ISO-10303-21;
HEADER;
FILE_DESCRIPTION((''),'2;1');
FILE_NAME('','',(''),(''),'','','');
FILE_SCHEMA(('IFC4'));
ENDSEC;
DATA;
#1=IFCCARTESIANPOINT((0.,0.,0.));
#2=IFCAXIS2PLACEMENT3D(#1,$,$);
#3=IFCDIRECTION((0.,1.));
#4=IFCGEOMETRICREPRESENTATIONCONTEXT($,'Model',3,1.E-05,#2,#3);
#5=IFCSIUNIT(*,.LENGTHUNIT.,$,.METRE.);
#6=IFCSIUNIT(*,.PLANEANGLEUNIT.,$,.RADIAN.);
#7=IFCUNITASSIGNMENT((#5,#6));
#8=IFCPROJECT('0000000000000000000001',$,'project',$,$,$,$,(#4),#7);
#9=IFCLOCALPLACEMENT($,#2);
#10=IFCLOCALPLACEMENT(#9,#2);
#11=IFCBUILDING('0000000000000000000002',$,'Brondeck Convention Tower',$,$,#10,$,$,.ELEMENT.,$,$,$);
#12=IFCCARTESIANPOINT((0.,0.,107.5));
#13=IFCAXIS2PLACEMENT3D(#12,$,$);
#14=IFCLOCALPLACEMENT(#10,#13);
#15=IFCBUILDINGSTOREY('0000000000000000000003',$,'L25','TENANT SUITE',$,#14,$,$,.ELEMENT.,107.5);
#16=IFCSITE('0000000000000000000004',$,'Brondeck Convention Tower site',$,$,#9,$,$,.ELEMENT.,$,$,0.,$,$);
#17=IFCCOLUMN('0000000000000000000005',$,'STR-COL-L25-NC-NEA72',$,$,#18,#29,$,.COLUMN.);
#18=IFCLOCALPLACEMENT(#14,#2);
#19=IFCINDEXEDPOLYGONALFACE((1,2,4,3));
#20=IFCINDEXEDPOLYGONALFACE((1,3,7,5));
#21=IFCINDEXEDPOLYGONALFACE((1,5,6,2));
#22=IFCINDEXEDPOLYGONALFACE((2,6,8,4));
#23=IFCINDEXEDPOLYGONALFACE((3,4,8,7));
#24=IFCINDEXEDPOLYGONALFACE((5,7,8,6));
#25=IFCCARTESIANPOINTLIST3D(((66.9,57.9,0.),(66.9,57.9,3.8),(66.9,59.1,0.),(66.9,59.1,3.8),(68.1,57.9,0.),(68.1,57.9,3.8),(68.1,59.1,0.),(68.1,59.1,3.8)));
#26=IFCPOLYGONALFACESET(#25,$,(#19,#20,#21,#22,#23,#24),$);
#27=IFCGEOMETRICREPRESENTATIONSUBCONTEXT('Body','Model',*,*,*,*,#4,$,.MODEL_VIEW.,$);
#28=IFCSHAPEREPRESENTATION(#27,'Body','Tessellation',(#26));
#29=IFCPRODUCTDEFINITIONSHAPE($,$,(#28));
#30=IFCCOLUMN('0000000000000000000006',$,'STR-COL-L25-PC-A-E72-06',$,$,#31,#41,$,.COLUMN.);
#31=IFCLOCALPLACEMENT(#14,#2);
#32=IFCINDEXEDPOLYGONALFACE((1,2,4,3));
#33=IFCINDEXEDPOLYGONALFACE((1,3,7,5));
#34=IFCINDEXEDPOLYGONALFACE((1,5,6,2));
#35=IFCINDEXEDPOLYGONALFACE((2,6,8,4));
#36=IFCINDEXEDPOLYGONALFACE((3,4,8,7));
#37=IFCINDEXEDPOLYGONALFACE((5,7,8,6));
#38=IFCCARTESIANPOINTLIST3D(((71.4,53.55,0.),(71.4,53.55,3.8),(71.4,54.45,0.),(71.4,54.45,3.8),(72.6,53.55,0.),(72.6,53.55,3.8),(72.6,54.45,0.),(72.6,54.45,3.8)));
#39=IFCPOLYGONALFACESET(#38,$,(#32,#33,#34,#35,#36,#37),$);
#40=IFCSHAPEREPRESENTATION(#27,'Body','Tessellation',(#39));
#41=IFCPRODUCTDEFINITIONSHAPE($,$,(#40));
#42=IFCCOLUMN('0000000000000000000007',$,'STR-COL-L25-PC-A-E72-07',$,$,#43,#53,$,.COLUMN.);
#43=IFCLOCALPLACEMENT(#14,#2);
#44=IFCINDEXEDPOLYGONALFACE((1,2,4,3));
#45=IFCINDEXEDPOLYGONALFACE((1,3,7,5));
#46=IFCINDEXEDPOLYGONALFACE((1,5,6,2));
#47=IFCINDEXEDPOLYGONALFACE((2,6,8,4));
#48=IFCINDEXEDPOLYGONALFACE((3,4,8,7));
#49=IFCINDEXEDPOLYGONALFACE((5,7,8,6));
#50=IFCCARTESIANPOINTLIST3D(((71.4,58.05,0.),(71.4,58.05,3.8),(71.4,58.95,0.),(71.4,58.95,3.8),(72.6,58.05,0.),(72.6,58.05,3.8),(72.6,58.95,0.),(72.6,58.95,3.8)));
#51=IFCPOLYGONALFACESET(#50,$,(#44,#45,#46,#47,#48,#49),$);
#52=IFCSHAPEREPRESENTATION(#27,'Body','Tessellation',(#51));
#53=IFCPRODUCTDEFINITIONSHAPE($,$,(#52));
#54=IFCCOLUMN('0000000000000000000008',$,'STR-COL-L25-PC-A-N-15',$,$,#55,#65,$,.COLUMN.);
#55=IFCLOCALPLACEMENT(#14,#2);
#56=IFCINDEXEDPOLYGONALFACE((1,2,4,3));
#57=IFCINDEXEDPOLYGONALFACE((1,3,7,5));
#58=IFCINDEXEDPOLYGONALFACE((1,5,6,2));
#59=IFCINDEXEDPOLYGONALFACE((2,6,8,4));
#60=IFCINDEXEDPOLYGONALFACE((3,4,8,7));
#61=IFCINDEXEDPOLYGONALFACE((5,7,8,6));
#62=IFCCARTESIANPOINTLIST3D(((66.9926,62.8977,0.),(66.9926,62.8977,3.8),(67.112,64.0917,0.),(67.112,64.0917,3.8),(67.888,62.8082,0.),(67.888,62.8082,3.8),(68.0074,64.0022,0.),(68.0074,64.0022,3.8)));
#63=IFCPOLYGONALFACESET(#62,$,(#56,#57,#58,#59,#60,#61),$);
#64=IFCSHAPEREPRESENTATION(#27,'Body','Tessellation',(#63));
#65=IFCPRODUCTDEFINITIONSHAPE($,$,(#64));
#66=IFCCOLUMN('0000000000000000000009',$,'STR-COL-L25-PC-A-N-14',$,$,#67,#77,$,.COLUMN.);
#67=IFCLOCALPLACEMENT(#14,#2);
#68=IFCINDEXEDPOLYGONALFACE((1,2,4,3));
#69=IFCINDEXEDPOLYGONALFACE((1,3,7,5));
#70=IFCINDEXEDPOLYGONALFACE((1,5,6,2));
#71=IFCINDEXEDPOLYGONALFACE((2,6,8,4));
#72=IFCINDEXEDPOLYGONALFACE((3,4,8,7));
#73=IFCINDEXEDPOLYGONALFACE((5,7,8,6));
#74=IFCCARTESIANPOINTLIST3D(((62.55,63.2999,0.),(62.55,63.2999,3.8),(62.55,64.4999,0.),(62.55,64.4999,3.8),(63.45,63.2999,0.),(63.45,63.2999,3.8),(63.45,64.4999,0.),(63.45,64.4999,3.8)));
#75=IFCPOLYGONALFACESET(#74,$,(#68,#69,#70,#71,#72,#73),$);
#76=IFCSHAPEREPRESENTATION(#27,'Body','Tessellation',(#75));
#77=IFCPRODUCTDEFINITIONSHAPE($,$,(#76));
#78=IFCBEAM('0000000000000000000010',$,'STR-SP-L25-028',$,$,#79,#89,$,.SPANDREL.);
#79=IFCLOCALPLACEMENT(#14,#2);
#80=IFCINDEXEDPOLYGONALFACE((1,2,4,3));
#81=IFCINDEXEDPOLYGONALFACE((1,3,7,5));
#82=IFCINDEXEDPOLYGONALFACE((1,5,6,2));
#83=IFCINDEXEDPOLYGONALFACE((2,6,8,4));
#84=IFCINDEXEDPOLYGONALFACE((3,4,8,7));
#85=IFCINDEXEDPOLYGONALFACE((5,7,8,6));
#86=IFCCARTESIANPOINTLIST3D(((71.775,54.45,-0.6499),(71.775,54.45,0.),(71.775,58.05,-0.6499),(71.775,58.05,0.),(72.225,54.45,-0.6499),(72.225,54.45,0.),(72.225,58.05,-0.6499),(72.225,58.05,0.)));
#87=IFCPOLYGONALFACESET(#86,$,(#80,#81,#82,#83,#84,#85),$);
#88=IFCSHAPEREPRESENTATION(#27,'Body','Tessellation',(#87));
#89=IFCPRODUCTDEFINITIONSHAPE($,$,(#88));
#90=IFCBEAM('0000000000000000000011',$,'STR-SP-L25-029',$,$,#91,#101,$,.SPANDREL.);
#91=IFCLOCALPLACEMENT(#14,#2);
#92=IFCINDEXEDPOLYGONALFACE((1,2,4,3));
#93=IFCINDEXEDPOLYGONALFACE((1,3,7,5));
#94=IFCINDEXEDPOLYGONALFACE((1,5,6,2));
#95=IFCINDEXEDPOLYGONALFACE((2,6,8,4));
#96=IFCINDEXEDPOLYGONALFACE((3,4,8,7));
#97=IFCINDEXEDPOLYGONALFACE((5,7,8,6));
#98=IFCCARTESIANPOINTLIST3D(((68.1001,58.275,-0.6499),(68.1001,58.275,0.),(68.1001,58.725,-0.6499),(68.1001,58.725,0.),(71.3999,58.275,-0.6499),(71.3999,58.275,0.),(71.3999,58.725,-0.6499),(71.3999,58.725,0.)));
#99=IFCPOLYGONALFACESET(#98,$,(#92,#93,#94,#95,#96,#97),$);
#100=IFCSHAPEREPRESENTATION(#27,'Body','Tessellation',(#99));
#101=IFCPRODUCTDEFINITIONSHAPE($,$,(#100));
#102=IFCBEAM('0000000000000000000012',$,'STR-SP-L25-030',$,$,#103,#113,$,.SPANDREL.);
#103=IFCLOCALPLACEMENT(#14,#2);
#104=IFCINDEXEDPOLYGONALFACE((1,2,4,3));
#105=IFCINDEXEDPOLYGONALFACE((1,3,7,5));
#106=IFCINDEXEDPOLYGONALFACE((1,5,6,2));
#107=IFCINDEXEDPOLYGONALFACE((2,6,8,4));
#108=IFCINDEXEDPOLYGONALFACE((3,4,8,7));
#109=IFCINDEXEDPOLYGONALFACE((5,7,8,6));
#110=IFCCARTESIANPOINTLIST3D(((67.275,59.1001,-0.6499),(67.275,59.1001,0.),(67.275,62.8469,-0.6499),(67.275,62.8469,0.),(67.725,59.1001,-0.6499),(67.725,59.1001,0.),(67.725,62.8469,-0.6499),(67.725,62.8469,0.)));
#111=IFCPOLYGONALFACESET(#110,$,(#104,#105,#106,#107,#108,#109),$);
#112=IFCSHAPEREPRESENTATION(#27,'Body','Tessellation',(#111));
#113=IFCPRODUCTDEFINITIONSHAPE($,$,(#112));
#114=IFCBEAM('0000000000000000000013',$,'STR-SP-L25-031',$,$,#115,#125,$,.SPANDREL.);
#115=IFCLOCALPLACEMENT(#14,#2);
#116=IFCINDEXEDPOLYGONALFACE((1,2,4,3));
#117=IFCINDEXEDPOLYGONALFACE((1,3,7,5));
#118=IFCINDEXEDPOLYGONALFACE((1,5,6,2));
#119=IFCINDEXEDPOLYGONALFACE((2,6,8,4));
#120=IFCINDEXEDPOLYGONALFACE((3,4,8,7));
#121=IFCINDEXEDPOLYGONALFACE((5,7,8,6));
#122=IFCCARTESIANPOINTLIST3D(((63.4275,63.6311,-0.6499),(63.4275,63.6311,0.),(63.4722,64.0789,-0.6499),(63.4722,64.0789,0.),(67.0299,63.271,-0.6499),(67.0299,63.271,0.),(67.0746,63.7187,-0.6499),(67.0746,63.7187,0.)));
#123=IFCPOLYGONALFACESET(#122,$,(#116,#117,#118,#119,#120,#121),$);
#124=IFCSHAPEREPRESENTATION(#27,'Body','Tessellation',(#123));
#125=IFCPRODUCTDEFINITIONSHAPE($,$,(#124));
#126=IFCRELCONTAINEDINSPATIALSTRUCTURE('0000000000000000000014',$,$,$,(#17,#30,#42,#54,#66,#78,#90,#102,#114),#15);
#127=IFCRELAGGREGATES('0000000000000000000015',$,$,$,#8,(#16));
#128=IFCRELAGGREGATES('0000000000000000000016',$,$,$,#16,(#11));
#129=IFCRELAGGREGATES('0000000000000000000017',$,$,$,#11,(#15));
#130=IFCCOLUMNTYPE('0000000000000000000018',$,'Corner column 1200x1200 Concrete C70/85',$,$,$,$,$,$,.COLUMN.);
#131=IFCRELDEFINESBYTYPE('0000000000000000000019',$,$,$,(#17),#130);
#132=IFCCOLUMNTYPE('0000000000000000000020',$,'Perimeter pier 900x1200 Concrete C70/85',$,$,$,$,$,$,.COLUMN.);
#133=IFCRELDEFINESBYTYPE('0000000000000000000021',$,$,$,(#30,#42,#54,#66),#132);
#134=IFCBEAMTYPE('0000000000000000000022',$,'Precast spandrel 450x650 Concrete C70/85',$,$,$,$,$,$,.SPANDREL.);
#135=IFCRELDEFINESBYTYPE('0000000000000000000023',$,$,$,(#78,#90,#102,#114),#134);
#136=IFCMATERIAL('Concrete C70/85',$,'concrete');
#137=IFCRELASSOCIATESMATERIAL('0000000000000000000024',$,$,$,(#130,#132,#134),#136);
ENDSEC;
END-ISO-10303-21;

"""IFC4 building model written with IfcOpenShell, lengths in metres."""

from ifc_helpers import new_model, si_unit, direction, frame, origin, origin_2d, place, context, subcontext, project, spatial, rectangle, extrude, material, material_profile, profile_set, type_object, element, save


model = new_model("IFC4")

# Units and contexts
model_context = context("Model", 3, precision=1e-05, world=origin(), true_north=direction((0.0, 1.0)))
body_context = subcontext(model_context, "Body", "Model", "MODEL_VIEW")
ifc_project = project(units=[si_unit("LENGTHUNIT", "METRE"), si_unit("PLANEANGLEUNIT", "RADIAN")], contexts=[model_context])

# Site, building, storey
site_placement = place(None, origin())
site = spatial("IfcSite", under=ifc_project, at=site_placement, Name="Brondeck Convention Tower site", CompositionType="ELEMENT", RefElevation=0.0)
building_placement = place(site_placement, origin())
building = spatial("IfcBuilding", under=site, at=building_placement, Name="Brondeck Convention Tower", CompositionType="ELEMENT")
storey_placement = place(building_placement, frame((0.0, 0.0, 107.5)))
storey = spatial("IfcBuildingStorey", under=building, at=storey_placement, Name="L25", Description="TENANT SUITE", CompositionType="ELEMENT", Elevation=107.5)

# Columns
ifc_material_1 = material(Name="Concrete C70/85", Category="concrete")
ifc_material_profile_1 = material_profile(ifc_material_1, rectangle(XDim=1.2, YDim=1.2, at=origin_2d()), Name="Corner column 1200x1200 Concrete C70/85")
ifc_profile_set_1 = profile_set([ifc_material_profile_1], Name="Concrete C70/85")
column_type_1 = type_object("IfcColumnType", Name="Corner column 1200x1200 Concrete C70/85", PredefinedType="COLUMN", material=ifc_profile_set_1)
column_placement = place(storey_placement, frame((67.5, 58.5, 0.0), z_axis=(0.0, 0.0, 1.0), x_axis=(1.0, 0.0, 0.0)))
element("IfcColumn", 1, at=column_placement, inside=storey, type_object=column_type_1, Name="STR-COL-L25-NC-NEA72", PredefinedType="COLUMN", context=body_context, shape_type="SweptSolid", body=[
    extrude(rectangle(XDim=1.2, YDim=1.2, at=origin_2d()), origin(), (0.0, 0.0, 1.0), 3.8),
])
ifc_material_profile_2 = material_profile(ifc_material_1, rectangle(XDim=0.8999, YDim=1.2, at=origin_2d()), Name="Perimeter pier 900x1200 Concrete C70/85")
ifc_profile_set_2 = profile_set([ifc_material_profile_2], Name="Concrete C70/85")
column_type_2 = type_object("IfcColumnType", Name="Perimeter pier 900x1200 Concrete C70/85", PredefinedType="COLUMN", material=ifc_profile_set_2)
for number, where, z_axis, x_axis, name in (
    (2, (72.0, 54.0, 0.0), (0.0, 0.0, 1.0), (0.0, 1.0, 0.0), "STR-COL-L25-PC-A-E72-06"),
    (3, (72.0, 58.5, 0.0), (0.0, 0.0, 1.0), (0.0, 1.0, 0.0), "STR-COL-L25-PC-A-E72-07"),
    (4, (67.5, 63.45, 0.0), (0.0, 0.0, 1.0), (-0.995037, 0.099504, 0.0), "STR-COL-L25-PC-A-N-15"),
    (5, (63.0, 63.8999, 0.0), (0.0, 0.0, 1.0), (-1.0, 0.0, 0.0), "STR-COL-L25-PC-A-N-14"),
):
    element("IfcColumn", number, at=place(storey_placement, frame(where, z_axis=z_axis, x_axis=x_axis)), inside=storey, type_object=column_type_2, Name=name, PredefinedType="COLUMN", context=body_context, shape_type="SweptSolid", body=[
        extrude(rectangle(XDim=0.8999, YDim=1.2, at=origin_2d()), origin(), (0.0, 0.0, 1.0), 3.8),
    ])

# Beams
ifc_material_profile_3 = material_profile(ifc_material_1, rectangle(XDim=0.45, YDim=0.6499, at=origin_2d()), Name="Precast spandrel 450x650 Concrete C70/85")
ifc_profile_set_3 = profile_set([ifc_material_profile_3], Name="Concrete C70/85")
beam_type = type_object("IfcBeamType", Name="Precast spandrel 450x650 Concrete C70/85", PredefinedType="SPANDREL", material=ifc_profile_set_3)
beam_1_placement = place(storey_placement, frame((72.0, 54.45, -0.325), z_axis=(0.0, 1.0, 0.0), x_axis=(-1.0, 0.0, 0.0)))
element("IfcBeam", 6, at=beam_1_placement, inside=storey, type_object=beam_type, Name="STR-SP-L25-028", PredefinedType="SPANDREL", context=body_context, shape_type="SweptSolid", body=[
    extrude(rectangle(XDim=0.45, YDim=0.6499, at=origin_2d()), origin(), (0.0, 0.0, 1.0), 3.6001),
])
beam_2_placement = place(storey_placement, frame((71.3999, 58.5, -0.325), z_axis=(-1.0, 0.0, 0.0), x_axis=(0.0, -1.0, 0.0)))
element("IfcBeam", 7, at=beam_2_placement, inside=storey, type_object=beam_type, Name="STR-SP-L25-029", PredefinedType="SPANDREL", context=body_context, shape_type="SweptSolid", body=[
    extrude(rectangle(XDim=0.45, YDim=0.6499, at=origin_2d()), origin(), (0.0, 0.0, 1.0), 3.2998),
])
beam_3_placement = place(storey_placement, frame((67.5, 59.1001, -0.325), z_axis=(0.0, 1.0, 0.0), x_axis=(-1.0, 0.0, 0.0)))
element("IfcBeam", 8, at=beam_3_placement, inside=storey, type_object=beam_type, Name="STR-SP-L25-030", PredefinedType="SPANDREL", context=body_context, shape_type="SweptSolid", body=[
    extrude(rectangle(XDim=0.45, YDim=0.6499, at=origin_2d()), origin(), (0.0, 0.0, 1.0), 3.7468),
])
beam_4_placement = place(storey_placement, frame((67.0522, 63.4949, -0.325), z_axis=(-0.995041, 0.09947, 0.0), x_axis=(-0.09947, -0.995041, 0.0)))
element("IfcBeam", 9, at=beam_4_placement, inside=storey, type_object=beam_type, Name="STR-SP-L25-031", PredefinedType="SPANDREL", context=body_context, shape_type="SweptSolid", body=[
    extrude(rectangle(XDim=0.45, YDim=0.6499, at=origin_2d()), origin(), (0.0, 0.0, 1.0), 3.6204),
])

save(model, "model.ifc")
